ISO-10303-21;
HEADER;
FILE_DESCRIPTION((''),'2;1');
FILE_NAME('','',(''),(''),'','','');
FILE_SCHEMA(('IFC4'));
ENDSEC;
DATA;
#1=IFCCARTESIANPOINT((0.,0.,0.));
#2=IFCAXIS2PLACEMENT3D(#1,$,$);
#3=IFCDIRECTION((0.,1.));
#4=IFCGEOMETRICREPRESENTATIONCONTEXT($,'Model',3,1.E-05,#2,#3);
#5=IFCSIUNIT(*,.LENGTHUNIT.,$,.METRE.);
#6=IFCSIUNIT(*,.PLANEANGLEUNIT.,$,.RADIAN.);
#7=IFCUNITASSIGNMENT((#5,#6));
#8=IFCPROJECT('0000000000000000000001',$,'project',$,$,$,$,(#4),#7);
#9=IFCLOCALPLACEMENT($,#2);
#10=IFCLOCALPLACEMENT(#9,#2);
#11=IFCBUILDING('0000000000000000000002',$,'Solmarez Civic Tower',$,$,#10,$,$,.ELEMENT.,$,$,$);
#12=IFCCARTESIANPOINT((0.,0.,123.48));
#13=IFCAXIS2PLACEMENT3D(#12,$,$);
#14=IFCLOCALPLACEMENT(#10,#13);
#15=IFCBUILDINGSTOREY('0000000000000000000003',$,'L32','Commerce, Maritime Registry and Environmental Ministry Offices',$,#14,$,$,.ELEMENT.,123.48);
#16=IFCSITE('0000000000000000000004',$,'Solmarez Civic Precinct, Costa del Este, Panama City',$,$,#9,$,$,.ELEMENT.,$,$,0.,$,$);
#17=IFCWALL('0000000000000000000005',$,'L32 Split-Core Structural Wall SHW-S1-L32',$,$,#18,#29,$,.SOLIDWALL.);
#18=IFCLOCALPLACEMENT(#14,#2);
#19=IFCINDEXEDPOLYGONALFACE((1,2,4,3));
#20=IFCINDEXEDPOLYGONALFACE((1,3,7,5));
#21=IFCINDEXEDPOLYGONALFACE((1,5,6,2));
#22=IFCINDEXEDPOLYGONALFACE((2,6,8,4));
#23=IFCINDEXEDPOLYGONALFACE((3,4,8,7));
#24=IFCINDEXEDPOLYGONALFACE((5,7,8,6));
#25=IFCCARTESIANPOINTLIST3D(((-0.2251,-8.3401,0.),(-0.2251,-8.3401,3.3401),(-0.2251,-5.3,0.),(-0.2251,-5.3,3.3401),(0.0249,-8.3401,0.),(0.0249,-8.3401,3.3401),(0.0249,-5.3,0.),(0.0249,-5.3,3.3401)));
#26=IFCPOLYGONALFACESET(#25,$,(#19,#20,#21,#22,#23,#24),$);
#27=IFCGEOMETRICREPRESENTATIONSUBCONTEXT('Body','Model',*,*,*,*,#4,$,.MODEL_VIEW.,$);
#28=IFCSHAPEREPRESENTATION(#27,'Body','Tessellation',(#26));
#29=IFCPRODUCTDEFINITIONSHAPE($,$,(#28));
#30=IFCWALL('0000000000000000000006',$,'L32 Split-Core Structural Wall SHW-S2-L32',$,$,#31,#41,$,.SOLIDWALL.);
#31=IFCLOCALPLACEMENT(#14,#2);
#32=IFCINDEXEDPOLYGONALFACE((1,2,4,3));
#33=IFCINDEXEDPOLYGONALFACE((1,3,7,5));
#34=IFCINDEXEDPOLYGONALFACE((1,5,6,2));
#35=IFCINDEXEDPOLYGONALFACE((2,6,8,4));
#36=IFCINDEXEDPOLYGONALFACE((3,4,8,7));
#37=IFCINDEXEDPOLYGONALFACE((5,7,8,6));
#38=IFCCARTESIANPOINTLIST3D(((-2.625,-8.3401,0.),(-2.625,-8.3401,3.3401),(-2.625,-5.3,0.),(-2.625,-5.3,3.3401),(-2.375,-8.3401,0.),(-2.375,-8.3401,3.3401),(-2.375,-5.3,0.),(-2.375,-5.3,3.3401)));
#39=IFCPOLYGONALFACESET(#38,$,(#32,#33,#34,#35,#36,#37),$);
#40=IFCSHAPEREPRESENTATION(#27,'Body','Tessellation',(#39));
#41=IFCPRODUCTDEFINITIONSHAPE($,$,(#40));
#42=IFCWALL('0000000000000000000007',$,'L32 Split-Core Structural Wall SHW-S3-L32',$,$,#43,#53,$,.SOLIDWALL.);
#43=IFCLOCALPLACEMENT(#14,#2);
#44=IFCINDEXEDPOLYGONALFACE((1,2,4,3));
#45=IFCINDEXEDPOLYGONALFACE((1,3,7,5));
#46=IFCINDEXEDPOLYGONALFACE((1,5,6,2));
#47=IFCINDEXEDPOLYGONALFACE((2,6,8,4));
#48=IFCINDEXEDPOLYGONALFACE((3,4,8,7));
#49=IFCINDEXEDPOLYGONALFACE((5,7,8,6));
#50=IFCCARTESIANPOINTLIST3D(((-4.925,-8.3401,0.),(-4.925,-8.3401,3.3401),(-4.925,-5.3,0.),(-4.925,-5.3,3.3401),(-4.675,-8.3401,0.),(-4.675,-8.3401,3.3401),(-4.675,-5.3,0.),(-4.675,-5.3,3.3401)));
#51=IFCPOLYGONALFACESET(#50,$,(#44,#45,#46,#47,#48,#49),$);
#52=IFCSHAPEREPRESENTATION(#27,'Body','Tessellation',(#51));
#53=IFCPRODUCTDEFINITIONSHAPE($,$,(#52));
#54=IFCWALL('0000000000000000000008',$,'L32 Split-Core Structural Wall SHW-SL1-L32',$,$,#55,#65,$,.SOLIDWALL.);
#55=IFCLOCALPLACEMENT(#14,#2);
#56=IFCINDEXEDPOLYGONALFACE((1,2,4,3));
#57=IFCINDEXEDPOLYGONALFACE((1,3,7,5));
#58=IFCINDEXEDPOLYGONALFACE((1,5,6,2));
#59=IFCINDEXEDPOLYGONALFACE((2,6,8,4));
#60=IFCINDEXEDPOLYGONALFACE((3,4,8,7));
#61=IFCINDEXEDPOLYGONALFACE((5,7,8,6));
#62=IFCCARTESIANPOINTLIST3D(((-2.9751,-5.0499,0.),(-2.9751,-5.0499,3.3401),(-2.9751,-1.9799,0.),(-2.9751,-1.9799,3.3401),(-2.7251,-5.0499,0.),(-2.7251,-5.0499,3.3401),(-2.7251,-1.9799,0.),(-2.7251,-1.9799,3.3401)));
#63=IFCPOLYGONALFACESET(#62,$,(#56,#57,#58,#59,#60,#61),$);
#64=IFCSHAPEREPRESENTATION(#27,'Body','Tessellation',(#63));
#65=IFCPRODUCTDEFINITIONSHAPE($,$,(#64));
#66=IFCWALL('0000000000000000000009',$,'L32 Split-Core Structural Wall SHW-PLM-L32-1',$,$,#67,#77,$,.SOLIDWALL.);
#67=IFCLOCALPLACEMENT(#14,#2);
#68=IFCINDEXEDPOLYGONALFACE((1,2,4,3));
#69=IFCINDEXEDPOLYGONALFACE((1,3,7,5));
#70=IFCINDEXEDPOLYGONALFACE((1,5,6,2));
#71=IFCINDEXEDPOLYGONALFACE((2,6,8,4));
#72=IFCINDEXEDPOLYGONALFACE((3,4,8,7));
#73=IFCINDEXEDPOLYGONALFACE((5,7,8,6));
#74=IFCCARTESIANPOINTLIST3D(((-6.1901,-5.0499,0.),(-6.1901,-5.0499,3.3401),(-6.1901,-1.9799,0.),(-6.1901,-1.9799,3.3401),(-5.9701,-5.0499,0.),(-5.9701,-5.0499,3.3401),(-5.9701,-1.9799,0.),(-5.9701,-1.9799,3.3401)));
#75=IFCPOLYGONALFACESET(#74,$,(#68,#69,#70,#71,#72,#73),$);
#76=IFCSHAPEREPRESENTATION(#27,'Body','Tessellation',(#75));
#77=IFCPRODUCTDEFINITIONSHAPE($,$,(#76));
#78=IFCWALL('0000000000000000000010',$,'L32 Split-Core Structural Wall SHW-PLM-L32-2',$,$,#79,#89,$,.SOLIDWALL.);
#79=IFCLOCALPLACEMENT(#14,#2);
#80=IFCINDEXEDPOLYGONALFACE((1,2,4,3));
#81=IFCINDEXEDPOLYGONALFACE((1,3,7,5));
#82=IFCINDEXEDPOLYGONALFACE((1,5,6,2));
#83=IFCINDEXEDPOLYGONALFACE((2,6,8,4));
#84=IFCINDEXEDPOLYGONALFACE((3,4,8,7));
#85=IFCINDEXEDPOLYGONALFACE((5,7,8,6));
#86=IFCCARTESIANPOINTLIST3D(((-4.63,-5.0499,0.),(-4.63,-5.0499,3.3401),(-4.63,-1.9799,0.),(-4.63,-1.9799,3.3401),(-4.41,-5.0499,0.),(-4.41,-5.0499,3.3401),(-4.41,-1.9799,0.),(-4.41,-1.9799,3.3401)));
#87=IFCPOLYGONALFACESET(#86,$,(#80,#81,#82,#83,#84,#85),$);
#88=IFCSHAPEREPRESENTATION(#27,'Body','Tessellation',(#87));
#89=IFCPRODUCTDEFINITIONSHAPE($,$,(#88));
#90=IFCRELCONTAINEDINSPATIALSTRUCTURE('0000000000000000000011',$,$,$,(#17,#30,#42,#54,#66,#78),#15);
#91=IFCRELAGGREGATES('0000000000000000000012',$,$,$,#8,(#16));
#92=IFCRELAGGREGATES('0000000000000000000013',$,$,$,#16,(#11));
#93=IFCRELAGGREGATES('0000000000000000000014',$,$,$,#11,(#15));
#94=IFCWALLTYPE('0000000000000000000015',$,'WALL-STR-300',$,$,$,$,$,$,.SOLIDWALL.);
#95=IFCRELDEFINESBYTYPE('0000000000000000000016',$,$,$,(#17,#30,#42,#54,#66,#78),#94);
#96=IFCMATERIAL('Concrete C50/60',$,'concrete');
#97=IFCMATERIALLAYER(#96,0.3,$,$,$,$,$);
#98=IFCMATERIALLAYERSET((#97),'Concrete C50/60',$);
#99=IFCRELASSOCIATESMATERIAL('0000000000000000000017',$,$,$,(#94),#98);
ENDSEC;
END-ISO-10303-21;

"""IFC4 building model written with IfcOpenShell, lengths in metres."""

from ifc_helpers import new_model, si_unit, direction, frame, frame_2d, origin, place, context, subcontext, project, spatial, rectangle, extrude, material, layer, layer_set, type_object, element, save


model = new_model("IFC4")

# Units and contexts
model_context = context("Model", 3, precision=1e-05, world=origin(), true_north=direction((0.0, 1.0)))
body_context = subcontext(model_context, "Body", "Model", "MODEL_VIEW")
ifc_project = project(units=[si_unit("LENGTHUNIT", "METRE"), si_unit("PLANEANGLEUNIT", "RADIAN")], contexts=[model_context])

# Site, building, storey
site_placement = place(None, origin())
site = spatial("IfcSite", under=ifc_project, at=site_placement, Name="Solmarez Civic Precinct, Costa del Este, Panama City", CompositionType="ELEMENT", RefElevation=0.0)
building_placement = place(site_placement, origin())
building = spatial("IfcBuilding", under=site, at=building_placement, Name="Solmarez Civic Tower", CompositionType="ELEMENT")
storey_placement = place(building_placement, frame((0.0, 0.0, 123.48)))
storey = spatial("IfcBuildingStorey", under=building, at=storey_placement, Name="L32", Description="Commerce, Maritime Registry and Environmental Ministry Offices", CompositionType="ELEMENT", Elevation=123.48)

# Shared definitions
ifc_material_1 = material(Name="Concrete C50/60", Category="concrete")

# Shared definitions
ifc_layer_1 = layer(ifc_material_1, 0.3)
ifc_layer_set_1 = layer_set([ifc_layer_1], Name="Concrete C50/60")
wall_type_1 = type_object("IfcWallType", Name="WALL-STR-300", PredefinedType="SOLIDWALL", material=ifc_layer_set_1)

# Walls
for number, where, z_axis, x_axis, name in (
    (1, (-0.1001, -8.3401, 0.0), (0.0, 0.0, 1.0), (0.0, 1.0, 0.0), "L32 Split-Core Structural Wall SHW-S1-L32"),
    (2, (-2.5, -8.3401, 0.0), (0.0, 0.0, 1.0), (0.0, 1.0, 0.0), "L32 Split-Core Structural Wall SHW-S2-L32"),
    (3, (-4.8, -8.3401, 0.0), (0.0, 0.0, 1.0), (0.0, 1.0, 0.0), "L32 Split-Core Structural Wall SHW-S3-L32"),
):
    element("IfcWall", number, at=place(storey_placement, frame(where, z_axis=z_axis, x_axis=x_axis)), inside=storey, type_object=wall_type_1, Name=name, PredefinedType="SOLIDWALL", context=body_context, shape_type="SweptSolid", body=[
        extrude(rectangle(XDim=3.04, YDim=0.25, at=frame_2d((1.52, 0.0))), origin(), (0.0, 0.0, 1.0), 3.3401),
    ])
wall_1_placement = place(storey_placement, frame((-2.8501, -5.05, 0.0), z_axis=(0.0, 0.0, 1.0), x_axis=(0.0, 1.0, 0.0)))
element("IfcWall", 4, at=wall_1_placement, inside=storey, type_object=wall_type_1, Name="L32 Split-Core Structural Wall SHW-SL1-L32", PredefinedType="SOLIDWALL", context=body_context, shape_type="SweptSolid", body=[
    extrude(rectangle(XDim=3.0701, YDim=0.25, at=frame_2d((1.5352, 0.0))), origin(), (0.0, 0.0, 1.0), 3.3401),
])
for number, where, z_axis, x_axis, name in (
    (5, (-6.0801, -5.05, 0.0), (0.0, 0.0, 1.0), (0.0, 1.0, 0.0), "L32 Split-Core Structural Wall SHW-PLM-L32-1"),
    (6, (-4.52, -5.05, 0.0), (0.0, 0.0, 1.0), (0.0, 1.0, 0.0), "L32 Split-Core Structural Wall SHW-PLM-L32-2"),
):
    element("IfcWall", number, at=place(storey_placement, frame(where, z_axis=z_axis, x_axis=x_axis)), inside=storey, type_object=wall_type_1, Name=name, PredefinedType="SOLIDWALL", context=body_context, shape_type="SweptSolid", body=[
        extrude(rectangle(XDim=3.0701, YDim=0.22, at=frame_2d((1.5352, 0.0))), origin(), (0.0, 0.0, 1.0), 3.3401),
    ])

save(model, "model.ifc")
